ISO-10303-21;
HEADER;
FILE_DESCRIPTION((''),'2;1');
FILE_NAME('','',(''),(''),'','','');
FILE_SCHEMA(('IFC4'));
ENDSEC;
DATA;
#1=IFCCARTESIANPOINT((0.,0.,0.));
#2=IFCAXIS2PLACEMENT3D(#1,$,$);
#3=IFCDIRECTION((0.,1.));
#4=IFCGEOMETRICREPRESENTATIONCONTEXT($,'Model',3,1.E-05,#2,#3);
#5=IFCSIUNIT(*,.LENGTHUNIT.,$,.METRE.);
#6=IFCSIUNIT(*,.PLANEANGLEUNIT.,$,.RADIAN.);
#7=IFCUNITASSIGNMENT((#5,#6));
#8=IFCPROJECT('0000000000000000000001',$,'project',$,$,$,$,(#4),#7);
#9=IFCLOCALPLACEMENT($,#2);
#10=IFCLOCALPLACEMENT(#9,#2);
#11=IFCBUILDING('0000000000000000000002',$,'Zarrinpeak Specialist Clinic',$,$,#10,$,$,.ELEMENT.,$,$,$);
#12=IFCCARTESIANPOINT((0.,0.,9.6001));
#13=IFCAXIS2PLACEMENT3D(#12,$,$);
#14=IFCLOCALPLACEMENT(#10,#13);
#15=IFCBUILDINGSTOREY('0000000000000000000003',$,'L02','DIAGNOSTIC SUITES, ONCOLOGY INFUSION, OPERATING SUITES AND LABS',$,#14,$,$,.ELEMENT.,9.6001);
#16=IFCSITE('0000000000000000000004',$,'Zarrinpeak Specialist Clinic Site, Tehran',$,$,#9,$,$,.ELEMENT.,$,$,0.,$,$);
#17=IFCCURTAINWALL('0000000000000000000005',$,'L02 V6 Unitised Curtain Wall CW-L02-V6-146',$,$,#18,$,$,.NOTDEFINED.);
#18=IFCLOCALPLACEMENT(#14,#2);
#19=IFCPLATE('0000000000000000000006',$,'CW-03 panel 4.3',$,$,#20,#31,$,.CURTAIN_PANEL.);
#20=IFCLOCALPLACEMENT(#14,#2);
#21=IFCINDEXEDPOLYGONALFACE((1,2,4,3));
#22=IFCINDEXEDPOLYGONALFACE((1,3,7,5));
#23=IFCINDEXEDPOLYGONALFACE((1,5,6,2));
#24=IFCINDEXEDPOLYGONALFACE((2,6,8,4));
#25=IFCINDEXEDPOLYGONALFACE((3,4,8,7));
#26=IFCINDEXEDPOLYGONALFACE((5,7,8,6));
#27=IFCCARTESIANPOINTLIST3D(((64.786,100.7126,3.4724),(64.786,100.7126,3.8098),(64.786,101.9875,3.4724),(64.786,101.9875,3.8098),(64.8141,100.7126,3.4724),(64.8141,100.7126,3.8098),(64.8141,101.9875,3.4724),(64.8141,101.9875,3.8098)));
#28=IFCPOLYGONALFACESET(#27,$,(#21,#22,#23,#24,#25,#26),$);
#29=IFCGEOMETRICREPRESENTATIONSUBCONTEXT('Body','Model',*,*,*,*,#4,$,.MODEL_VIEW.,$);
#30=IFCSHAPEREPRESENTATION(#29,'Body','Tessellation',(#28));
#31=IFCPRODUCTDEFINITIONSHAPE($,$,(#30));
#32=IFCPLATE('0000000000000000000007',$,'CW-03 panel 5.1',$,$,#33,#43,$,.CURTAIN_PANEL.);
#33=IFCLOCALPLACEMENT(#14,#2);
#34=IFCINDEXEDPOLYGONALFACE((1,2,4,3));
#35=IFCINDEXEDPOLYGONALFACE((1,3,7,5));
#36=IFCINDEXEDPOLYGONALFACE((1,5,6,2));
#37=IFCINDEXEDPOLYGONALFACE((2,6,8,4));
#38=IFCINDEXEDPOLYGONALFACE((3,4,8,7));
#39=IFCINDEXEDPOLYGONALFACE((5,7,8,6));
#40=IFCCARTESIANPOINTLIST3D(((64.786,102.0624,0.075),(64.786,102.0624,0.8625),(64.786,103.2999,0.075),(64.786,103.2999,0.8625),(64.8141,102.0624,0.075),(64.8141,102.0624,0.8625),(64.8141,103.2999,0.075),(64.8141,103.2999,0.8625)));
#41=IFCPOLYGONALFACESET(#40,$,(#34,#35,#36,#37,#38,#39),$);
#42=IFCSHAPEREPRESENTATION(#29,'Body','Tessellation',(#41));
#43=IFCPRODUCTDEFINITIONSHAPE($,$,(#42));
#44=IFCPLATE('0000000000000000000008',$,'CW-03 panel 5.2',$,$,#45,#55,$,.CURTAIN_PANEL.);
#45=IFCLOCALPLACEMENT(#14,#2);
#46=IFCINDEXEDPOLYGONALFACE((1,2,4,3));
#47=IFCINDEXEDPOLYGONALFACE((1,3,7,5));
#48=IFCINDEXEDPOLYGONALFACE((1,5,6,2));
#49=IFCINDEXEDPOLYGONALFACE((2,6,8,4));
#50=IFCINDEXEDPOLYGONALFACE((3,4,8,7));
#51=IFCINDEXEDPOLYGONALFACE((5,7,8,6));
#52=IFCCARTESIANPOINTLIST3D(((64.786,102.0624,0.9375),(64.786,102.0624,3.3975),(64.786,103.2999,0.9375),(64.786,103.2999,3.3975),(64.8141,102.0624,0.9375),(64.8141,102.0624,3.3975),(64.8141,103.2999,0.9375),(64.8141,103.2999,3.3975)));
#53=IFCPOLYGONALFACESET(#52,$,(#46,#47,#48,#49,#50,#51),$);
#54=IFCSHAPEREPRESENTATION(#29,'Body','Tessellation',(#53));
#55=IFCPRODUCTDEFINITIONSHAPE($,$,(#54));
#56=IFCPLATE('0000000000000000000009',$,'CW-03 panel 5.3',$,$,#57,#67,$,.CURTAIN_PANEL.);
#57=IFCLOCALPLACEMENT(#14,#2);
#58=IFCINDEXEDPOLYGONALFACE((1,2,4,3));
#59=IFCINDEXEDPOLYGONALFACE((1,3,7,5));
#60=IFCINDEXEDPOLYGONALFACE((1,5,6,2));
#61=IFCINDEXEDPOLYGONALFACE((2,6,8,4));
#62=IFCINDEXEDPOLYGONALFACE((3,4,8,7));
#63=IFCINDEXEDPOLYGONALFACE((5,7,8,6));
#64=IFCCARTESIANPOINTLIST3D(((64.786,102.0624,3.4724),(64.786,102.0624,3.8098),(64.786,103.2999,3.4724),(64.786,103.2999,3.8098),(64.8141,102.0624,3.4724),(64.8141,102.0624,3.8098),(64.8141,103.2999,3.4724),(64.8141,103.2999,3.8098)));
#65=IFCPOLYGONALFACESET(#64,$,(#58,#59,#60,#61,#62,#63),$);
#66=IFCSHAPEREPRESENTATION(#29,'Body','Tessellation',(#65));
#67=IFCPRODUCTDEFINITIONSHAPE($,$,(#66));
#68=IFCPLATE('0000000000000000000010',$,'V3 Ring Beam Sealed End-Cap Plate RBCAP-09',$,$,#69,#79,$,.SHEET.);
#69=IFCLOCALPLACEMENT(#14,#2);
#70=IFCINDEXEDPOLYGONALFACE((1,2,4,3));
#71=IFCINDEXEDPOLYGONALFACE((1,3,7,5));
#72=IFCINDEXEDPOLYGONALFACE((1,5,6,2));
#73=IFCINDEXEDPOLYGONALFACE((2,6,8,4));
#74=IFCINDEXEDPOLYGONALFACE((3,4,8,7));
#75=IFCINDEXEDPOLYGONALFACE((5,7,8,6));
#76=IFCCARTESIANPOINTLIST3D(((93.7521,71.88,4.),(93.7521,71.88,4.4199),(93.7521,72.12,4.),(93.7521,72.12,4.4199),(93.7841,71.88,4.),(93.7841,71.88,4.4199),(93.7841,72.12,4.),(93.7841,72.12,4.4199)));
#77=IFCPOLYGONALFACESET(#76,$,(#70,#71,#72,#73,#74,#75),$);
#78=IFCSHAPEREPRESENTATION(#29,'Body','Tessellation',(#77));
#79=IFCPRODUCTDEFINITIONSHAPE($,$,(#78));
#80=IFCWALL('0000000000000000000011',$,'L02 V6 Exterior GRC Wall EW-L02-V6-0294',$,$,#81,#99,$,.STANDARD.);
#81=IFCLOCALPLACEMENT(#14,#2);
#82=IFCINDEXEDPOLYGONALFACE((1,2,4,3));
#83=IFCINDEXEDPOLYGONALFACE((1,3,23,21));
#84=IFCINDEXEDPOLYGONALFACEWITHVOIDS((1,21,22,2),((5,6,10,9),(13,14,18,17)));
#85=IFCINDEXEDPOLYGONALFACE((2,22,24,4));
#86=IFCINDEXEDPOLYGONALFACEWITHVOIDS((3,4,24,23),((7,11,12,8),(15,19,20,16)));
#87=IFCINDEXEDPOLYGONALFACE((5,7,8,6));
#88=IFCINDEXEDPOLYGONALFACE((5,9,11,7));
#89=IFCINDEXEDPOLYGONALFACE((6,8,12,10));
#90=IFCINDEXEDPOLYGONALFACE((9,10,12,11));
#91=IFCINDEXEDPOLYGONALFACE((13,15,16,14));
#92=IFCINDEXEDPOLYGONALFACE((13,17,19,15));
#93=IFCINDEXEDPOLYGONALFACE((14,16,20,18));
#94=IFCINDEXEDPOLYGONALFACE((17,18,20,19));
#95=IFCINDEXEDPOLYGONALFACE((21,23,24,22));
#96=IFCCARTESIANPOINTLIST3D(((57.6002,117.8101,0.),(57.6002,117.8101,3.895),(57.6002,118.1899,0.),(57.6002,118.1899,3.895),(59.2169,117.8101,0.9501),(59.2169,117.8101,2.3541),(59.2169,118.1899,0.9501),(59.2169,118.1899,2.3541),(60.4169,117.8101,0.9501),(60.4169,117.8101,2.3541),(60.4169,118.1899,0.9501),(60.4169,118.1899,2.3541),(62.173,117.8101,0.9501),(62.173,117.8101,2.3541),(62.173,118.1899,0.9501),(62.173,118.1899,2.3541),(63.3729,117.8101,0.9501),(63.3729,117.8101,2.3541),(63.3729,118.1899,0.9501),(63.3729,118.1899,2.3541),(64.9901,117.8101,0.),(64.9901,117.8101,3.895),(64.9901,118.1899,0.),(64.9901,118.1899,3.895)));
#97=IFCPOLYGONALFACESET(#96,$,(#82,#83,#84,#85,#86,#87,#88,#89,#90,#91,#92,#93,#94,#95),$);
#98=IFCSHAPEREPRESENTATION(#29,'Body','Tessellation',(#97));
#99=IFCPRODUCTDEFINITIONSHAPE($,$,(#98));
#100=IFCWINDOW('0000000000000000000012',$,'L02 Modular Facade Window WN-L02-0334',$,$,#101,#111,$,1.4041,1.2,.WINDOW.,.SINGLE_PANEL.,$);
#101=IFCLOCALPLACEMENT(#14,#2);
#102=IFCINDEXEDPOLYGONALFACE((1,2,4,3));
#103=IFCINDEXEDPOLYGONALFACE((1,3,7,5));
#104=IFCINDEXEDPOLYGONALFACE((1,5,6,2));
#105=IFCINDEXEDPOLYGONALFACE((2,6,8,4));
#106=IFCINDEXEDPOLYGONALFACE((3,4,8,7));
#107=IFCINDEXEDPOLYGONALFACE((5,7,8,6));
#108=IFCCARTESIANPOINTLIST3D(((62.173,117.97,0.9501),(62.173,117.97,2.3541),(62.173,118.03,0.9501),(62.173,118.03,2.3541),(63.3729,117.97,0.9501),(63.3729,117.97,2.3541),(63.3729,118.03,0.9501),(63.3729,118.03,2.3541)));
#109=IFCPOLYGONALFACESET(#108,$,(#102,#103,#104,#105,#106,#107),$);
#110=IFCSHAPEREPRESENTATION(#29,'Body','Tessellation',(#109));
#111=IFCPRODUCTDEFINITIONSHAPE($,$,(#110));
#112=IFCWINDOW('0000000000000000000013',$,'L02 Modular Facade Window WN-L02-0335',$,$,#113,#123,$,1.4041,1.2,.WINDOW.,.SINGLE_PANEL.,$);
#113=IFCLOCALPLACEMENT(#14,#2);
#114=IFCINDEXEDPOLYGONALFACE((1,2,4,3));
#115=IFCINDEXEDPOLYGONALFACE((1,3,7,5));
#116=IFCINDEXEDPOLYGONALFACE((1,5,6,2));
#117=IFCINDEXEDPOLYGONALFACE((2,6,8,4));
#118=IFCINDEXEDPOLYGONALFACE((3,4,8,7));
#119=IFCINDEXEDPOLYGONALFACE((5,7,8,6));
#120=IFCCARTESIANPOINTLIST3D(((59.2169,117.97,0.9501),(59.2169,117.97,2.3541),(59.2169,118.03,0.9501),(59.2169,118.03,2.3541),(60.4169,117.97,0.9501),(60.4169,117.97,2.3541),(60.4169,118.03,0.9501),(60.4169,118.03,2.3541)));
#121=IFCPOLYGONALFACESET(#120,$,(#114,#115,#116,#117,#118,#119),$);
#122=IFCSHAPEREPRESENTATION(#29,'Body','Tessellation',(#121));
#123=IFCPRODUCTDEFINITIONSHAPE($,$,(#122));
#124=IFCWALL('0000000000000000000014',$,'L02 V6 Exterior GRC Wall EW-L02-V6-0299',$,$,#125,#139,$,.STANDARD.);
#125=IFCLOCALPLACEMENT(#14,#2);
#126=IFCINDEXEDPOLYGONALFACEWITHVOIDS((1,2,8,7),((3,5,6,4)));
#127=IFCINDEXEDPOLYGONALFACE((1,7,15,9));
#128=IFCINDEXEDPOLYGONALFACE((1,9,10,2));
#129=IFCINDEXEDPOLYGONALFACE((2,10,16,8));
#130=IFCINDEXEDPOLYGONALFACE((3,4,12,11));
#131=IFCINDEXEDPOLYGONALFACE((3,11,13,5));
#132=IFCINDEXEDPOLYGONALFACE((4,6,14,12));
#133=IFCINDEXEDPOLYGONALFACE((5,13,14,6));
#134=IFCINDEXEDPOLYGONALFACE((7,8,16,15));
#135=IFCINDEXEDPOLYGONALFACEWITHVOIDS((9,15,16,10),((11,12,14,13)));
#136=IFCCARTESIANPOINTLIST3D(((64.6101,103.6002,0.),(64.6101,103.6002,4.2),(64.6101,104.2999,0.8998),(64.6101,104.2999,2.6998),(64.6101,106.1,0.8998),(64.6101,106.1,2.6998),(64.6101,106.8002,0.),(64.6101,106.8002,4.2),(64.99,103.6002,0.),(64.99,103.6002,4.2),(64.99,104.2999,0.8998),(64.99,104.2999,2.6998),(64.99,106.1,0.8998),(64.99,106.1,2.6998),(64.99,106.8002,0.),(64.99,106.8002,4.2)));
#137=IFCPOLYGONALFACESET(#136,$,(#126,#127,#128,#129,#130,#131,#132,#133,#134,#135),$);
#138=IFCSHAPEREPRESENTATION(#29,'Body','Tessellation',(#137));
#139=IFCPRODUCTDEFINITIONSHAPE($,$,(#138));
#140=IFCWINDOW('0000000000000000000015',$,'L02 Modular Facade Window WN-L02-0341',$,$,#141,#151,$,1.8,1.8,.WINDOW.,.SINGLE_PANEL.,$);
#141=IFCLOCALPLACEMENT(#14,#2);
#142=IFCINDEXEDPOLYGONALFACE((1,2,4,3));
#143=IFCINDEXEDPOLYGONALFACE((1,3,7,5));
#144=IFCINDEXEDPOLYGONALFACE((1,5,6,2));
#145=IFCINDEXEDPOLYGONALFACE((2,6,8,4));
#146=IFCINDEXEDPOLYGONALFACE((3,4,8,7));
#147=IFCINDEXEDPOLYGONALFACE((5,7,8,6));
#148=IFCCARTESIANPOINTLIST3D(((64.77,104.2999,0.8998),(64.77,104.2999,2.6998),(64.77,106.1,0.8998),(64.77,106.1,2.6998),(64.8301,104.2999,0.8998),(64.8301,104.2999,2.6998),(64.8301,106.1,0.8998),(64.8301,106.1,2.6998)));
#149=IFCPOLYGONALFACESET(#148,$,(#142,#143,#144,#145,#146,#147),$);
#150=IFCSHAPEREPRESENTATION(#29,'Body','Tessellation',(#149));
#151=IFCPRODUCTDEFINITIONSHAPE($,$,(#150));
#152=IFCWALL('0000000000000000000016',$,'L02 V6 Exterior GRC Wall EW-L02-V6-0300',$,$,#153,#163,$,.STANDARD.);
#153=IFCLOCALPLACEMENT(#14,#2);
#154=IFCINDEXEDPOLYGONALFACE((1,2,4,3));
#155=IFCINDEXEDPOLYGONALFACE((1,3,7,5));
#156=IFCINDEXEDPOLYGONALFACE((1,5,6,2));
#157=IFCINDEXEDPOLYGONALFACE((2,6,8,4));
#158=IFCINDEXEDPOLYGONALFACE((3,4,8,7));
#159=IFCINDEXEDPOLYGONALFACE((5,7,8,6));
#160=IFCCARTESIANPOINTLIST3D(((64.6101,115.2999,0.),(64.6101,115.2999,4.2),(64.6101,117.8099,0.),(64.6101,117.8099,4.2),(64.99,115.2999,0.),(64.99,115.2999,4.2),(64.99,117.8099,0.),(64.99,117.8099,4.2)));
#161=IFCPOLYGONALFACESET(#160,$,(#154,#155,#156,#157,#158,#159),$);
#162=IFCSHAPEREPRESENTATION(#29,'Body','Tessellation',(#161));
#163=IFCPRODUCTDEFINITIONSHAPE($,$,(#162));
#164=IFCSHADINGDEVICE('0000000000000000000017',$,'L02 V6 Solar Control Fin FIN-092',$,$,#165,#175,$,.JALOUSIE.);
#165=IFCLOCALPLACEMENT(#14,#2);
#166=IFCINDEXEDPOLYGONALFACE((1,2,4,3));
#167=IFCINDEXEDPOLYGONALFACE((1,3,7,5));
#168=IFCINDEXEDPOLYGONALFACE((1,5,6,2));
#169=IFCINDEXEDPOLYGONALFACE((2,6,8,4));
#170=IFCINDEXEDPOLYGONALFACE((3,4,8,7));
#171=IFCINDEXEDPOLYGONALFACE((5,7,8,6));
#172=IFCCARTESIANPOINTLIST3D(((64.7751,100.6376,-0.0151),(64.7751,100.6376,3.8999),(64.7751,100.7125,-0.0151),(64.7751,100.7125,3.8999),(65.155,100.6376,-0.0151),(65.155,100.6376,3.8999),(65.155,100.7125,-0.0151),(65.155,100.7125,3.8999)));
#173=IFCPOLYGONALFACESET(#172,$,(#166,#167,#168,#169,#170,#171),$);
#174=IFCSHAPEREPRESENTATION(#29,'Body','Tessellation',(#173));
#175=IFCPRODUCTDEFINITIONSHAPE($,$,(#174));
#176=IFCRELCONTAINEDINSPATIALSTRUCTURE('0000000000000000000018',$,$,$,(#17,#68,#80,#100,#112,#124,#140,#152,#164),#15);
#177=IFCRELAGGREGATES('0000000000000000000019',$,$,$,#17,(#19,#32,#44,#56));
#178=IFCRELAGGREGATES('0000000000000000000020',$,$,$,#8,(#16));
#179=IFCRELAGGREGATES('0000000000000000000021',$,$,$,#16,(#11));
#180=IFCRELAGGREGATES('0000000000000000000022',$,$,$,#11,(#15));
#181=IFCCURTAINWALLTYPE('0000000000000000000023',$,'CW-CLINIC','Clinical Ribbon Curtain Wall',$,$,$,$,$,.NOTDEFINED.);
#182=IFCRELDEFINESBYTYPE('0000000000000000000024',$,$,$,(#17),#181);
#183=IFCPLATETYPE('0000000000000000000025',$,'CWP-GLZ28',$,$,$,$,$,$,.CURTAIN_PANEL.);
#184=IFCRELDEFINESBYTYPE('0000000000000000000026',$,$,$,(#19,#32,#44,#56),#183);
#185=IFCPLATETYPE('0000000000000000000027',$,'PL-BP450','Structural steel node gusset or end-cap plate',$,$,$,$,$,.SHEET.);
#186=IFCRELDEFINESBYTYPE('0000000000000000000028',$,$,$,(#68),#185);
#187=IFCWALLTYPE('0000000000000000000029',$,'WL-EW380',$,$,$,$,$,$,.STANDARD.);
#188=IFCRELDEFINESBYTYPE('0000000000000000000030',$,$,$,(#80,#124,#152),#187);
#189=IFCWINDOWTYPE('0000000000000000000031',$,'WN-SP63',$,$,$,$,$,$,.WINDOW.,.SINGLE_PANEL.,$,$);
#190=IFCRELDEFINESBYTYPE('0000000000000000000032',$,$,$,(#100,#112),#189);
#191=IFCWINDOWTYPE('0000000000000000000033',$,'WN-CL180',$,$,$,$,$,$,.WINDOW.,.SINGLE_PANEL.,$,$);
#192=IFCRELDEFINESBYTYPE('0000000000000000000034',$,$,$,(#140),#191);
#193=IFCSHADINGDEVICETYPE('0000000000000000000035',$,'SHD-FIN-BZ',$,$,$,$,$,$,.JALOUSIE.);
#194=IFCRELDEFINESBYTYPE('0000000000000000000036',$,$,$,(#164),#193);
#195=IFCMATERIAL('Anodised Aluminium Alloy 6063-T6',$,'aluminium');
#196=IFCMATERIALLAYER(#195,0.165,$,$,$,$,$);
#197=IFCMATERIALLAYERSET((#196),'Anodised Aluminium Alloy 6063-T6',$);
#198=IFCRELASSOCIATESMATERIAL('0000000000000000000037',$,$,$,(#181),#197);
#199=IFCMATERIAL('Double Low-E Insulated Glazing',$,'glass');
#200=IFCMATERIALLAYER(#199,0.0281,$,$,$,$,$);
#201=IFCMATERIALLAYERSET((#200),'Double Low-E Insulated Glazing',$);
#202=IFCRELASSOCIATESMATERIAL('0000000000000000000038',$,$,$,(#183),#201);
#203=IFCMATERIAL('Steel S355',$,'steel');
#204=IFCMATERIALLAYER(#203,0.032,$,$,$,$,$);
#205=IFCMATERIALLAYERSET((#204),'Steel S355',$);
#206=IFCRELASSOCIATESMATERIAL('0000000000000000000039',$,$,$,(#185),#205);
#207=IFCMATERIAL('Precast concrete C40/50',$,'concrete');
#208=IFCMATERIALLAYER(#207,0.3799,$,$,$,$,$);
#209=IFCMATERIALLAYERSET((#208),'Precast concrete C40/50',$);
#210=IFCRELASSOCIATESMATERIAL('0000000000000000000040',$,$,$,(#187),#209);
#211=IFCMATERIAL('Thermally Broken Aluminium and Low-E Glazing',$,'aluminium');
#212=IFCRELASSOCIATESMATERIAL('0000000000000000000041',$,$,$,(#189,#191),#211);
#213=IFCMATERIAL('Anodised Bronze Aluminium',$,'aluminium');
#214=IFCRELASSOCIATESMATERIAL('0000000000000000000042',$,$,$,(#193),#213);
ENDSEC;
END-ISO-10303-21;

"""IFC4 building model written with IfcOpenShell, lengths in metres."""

from ifc_helpers import new_model, si_unit, direction, frame, frame_2d, origin, origin_2d, place, context, subcontext, project, spatial, rectangle, extrude, material, layer, layer_set, type_object, element, fill, aggregate, save


model = new_model("IFC4")

# Units and contexts
model_context = context("Model", 3, precision=1e-05, world=origin(), true_north=direction((0.0, 1.0)))
body_context = subcontext(model_context, "Body", "Model", "MODEL_VIEW")
ifc_project = project(units=[si_unit("LENGTHUNIT", "METRE"), si_unit("PLANEANGLEUNIT", "RADIAN")], contexts=[model_context])

# Site, building, storey
site_placement = place(None, origin())
site = spatial("IfcSite", under=ifc_project, at=site_placement, Name="Zarrinpeak Specialist Clinic Site, Tehran", CompositionType="ELEMENT", RefElevation=0.0)
building_placement = place(site_placement, origin())
building = spatial("IfcBuilding", under=site, at=building_placement, Name="Zarrinpeak Specialist Clinic", CompositionType="ELEMENT")
storey_placement = place(building_placement, frame((0.0, 0.0, 9.6001)))
storey = spatial("IfcBuildingStorey", under=building, at=storey_placement, Name="L02", Description="DIAGNOSTIC SUITES, ONCOLOGY INFUSION, OPERATING SUITES AND LABS", CompositionType="ELEMENT", Elevation=9.6001)

# Shared definitions
ifc_material_1 = material(Name="Steel S355", Category="steel")

# Curtain wall, plates
ifc_material_2 = material(Name="Anodised Aluminium Alloy 6063-T6", Category="aluminium")
ifc_layer_1 = layer(ifc_material_2, 0.165)
ifc_layer_set_1 = layer_set([ifc_layer_1], Name="Anodised Aluminium Alloy 6063-T6")
curtain_wall_type = type_object("IfcCurtainWallType", Name="CW-CLINIC", Description="Clinical Ribbon Curtain Wall", PredefinedType="NOTDEFINED", material=ifc_layer_set_1)
curtain_wall_placement = place(storey_placement, origin())
curtain_wall = element("IfcCurtainWall", 1, at=curtain_wall_placement, inside=storey, type_object=curtain_wall_type, Name="L02 V6 Unitised Curtain Wall CW-L02-V6-146", PredefinedType="NOTDEFINED")
ifc_material_3 = material(Name="Double Low-E Insulated Glazing", Category="glass")
ifc_layer_2 = layer(ifc_material_3, 0.0281)
ifc_layer_set_2 = layer_set([ifc_layer_2], Name="Double Low-E Insulated Glazing")
plate_type_1 = type_object("IfcPlateType", Name="CWP-GLZ28", PredefinedType="CURTAIN_PANEL", material=ifc_layer_set_2)
plate_1_placement = place(storey_placement, frame((64.8, 101.3501, 3.4724), z_axis=(0.0, 0.0, 1.0), x_axis=(0.0, 1.0, 0.0)))
plate_1 = element("IfcPlate", 2, at=plate_1_placement, type_object=plate_type_1, Name="CW-03 panel 4.3", PredefinedType="CURTAIN_PANEL", context=body_context, shape_type="SweptSolid", body=[
    extrude(rectangle(XDim=1.2749, YDim=0.0281, at=origin_2d()), origin(), (0.0, 0.0, 1.0), 0.3374),
])
plate_2_placement = place(storey_placement, frame((64.8, 102.6812, 0.075), z_axis=(0.0, 0.0, 1.0), x_axis=(0.0, 1.0, 0.0)))
plate_2 = element("IfcPlate", 3, at=plate_2_placement, type_object=plate_type_1, Name="CW-03 panel 5.1", PredefinedType="CURTAIN_PANEL", context=body_context, shape_type="SweptSolid", body=[
    extrude(rectangle(XDim=1.2375, YDim=0.0281, at=origin_2d()), origin(), (0.0, 0.0, 1.0), 0.7876),
])
plate_3_placement = place(storey_placement, frame((64.8, 102.6812, 0.9375), z_axis=(0.0, 0.0, 1.0), x_axis=(0.0, 1.0, 0.0)))
plate_3 = element("IfcPlate", 4, at=plate_3_placement, type_object=plate_type_1, Name="CW-03 panel 5.2", PredefinedType="CURTAIN_PANEL", context=body_context, shape_type="SweptSolid", body=[
    extrude(rectangle(XDim=1.2375, YDim=0.0281, at=origin_2d()), origin(), (0.0, 0.0, 1.0), 2.46),
])
plate_4_placement = place(storey_placement, frame((64.8, 102.6812, 3.4724), z_axis=(0.0, 0.0, 1.0), x_axis=(0.0, 1.0, 0.0)))
plate_4 = element("IfcPlate", 5, at=plate_4_placement, type_object=plate_type_1, Name="CW-03 panel 5.3", PredefinedType="CURTAIN_PANEL", context=body_context, shape_type="SweptSolid", body=[
    extrude(rectangle(XDim=1.2375, YDim=0.0281, at=origin_2d()), origin(), (0.0, 0.0, 1.0), 0.3374),
])
aggregate(curtain_wall, [plate_1, plate_2, plate_3, plate_4])

# Plate
ifc_layer_3 = layer(ifc_material_1, 0.032)
ifc_layer_set_3 = layer_set([ifc_layer_3], Name="Steel S355")
plate_type_2 = type_object("IfcPlateType", Name="PL-BP450", Description="Structural steel node gusset or end-cap plate", PredefinedType="SHEET", material=ifc_layer_set_3)
plate_5_placement = place(storey_placement, frame((93.7681, 72.0, 4.0), z_axis=(0.0, 0.0, 1.0), x_axis=(1.0, 0.0, 0.0)))
element("IfcPlate", 6, at=plate_5_placement, inside=storey, type_object=plate_type_2, Name="V3 Ring Beam Sealed End-Cap Plate RBCAP-09", PredefinedType="SHEET", context=body_context, shape_type="SweptSolid", body=[
    extrude(rectangle(XDim=0.032, YDim=0.24, at=origin_2d()), origin(), (0.0, 0.0, 1.0), 0.4199),
])

# Wall, openings, windows
ifc_material_4 = material(Name="Precast concrete C40/50", Category="concrete")
ifc_layer_4 = layer(ifc_material_4, 0.3799)
ifc_layer_set_4 = layer_set([ifc_layer_4], Name="Precast concrete C40/50")
wall_type = type_object("IfcWallType", Name="WL-EW380", PredefinedType="STANDARD", material=ifc_layer_set_4)
wall_1_placement = place(storey_placement, frame((64.99, 118.0, 0.0), z_axis=(0.0, 0.0, 1.0), x_axis=(-1.0, 0.0, 0.0)))
wall_1 = element("IfcWall", 7, at=wall_1_placement, inside=storey, type_object=wall_type, Name="L02 V6 Exterior GRC Wall EW-L02-V6-0294", PredefinedType="STANDARD", context=body_context, shape_type="SweptSolid", body=[
    extrude(rectangle(XDim=7.3899, YDim=0.3799, at=frame_2d((3.6948, 0.0))), origin(), (0.0, 0.0, 1.0), 3.895),
])
opening_1_placement = place(wall_1_placement, frame((1.6169, 0.0, 0.95)))
opening_1 = element("IfcOpeningElement", 8, at=opening_1_placement, cuts=wall_1, PredefinedType="OPENING", context=body_context, shape_type="SweptSolid", body=[
    extrude(rectangle(XDim=1.2, YDim=1.4041, at=frame_2d((0.6001, 0.7021))), frame((0.0, 0.2, 0.0), z_axis=(0.0, -1.0, 0.0), x_axis=(1.0, 0.0, 0.0)), (0.0, 0.0, 1.0), 0.3999),
])
opening_2_placement = place(wall_1_placement, frame((4.573, 0.0, 0.95)))
opening_2 = element("IfcOpeningElement", 9, at=opening_2_placement, cuts=wall_1, PredefinedType="OPENING", context=body_context, shape_type="SweptSolid", body=[
    extrude(rectangle(XDim=1.2, YDim=1.4041, at=frame_2d((0.6001, 0.7021))), frame((0.0, 0.2, 0.0), z_axis=(0.0, -1.0, 0.0), x_axis=(1.0, 0.0, 0.0)), (0.0, 0.0, 1.0), 0.3999),
])
ifc_material_5 = material(Name="Thermally Broken Aluminium and Low-E Glazing", Category="aluminium")
window_type_1 = type_object("IfcWindowType", Name="WN-SP63", PartitioningType="SINGLE_PANEL", PredefinedType="WINDOW", material=ifc_material_5)
window_1_placement = place(opening_1_placement, origin())
window_1 = element("IfcWindow", 10, at=window_1_placement, inside=storey, type_object=window_type_1, Name="L02 Modular Facade Window WN-L02-0334", OverallHeight=1.4041, OverallWidth=1.2, PartitioningType="SINGLE_PANEL", PredefinedType="WINDOW", context=body_context, shape_type="SweptSolid", body=[
    extrude(rectangle(XDim=1.2, YDim=1.4041, at=frame_2d((0.6001, 0.7021))), frame((0.0, 0.03, 0.0), z_axis=(0.0, -1.0, 0.0), x_axis=(1.0, 0.0, 0.0)), (0.0, 0.0, 1.0), 0.0601),
])
fill(opening_1, window_1)
window_2_placement = place(opening_2_placement, origin())
window_2 = element("IfcWindow", 11, at=window_2_placement, inside=storey, type_object=window_type_1, Name="L02 Modular Facade Window WN-L02-0335", OverallHeight=1.4041, OverallWidth=1.2, PartitioningType="SINGLE_PANEL", PredefinedType="WINDOW", context=body_context, shape_type="SweptSolid", body=[
    extrude(rectangle(XDim=1.2, YDim=1.4041, at=frame_2d((0.6001, 0.7021))), frame((0.0, 0.03, 0.0), z_axis=(0.0, -1.0, 0.0), x_axis=(1.0, 0.0, 0.0)), (0.0, 0.0, 1.0), 0.0601),
])
fill(opening_2, window_2)

# Wall, opening, window
wall_2_placement = place(storey_placement, frame((64.8, 103.6001, 0.0), z_axis=(0.0, 0.0, 1.0), x_axis=(0.0, 1.0, 0.0)))
wall_2 = element("IfcWall", 12, at=wall_2_placement, inside=storey, type_object=wall_type, Name="L02 V6 Exterior GRC Wall EW-L02-V6-0299", PredefinedType="STANDARD", context=body_context, shape_type="SweptSolid", body=[
    extrude(rectangle(XDim=3.2, YDim=0.3799, at=frame_2d((1.6001, 0.0))), origin(), (0.0, 0.0, 1.0), 4.2),
])
opening_3_placement = place(wall_2_placement, frame((0.7, 0.0, 0.8999)))
opening_3 = element("IfcOpeningElement", 13, at=opening_3_placement, cuts=wall_2, PredefinedType="OPENING", context=body_context, shape_type="SweptSolid", body=[
    extrude(rectangle(XDim=1.8, YDim=1.8, at=frame_2d((0.8999, 0.8999))), frame((0.0, 0.2, 0.0), z_axis=(0.0, -1.0, 0.0), x_axis=(1.0, 0.0, 0.0)), (0.0, 0.0, 1.0), 0.3999),
])
window_type_2 = type_object("IfcWindowType", Name="WN-CL180", PartitioningType="SINGLE_PANEL", PredefinedType="WINDOW", material=ifc_material_5)
window_3_placement = place(opening_3_placement, origin())
window_3 = element("IfcWindow", 14, at=window_3_placement, inside=storey, type_object=window_type_2, Name="L02 Modular Facade Window WN-L02-0341", OverallHeight=1.8, OverallWidth=1.8, PartitioningType="SINGLE_PANEL", PredefinedType="WINDOW", context=body_context, shape_type="SweptSolid", body=[
    extrude(rectangle(XDim=1.8, YDim=1.8, at=frame_2d((0.8999, 0.8999))), frame((0.0, 0.03, 0.0), z_axis=(0.0, -1.0, 0.0), x_axis=(1.0, 0.0, 0.0)), (0.0, 0.0, 1.0), 0.0601),
])
fill(opening_3, window_3)

# Wall
wall_3_placement = place(storey_placement, frame((64.8, 115.3, 0.0), z_axis=(0.0, 0.0, 1.0), x_axis=(0.0, 1.0, 0.0)))
element("IfcWall", 15, at=wall_3_placement, inside=storey, type_object=wall_type, Name="L02 V6 Exterior GRC Wall EW-L02-V6-0300", PredefinedType="STANDARD", context=body_context, shape_type="SweptSolid", body=[
    extrude(rectangle(XDim=2.51, YDim=0.3799, at=frame_2d((1.2549, 0.0))), origin(), (0.0, 0.0, 1.0), 4.2),
])

# Shading device
ifc_material_6 = material(Name="Anodised Bronze Aluminium", Category="aluminium")
shading_device_type = type_object("IfcShadingDeviceType", Name="SHD-FIN-BZ", PredefinedType="JALOUSIE", material=ifc_material_6)
shading_device_placement = place(storey_placement, frame((64.9651, 100.675, -0.0151), z_axis=(0.0, 0.0, 1.0), x_axis=(1.0, 0.0, 0.0)))
element("IfcShadingDevice", 16, at=shading_device_placement, inside=storey, type_object=shading_device_type, Name="L02 V6 Solar Control Fin FIN-092", PredefinedType="JALOUSIE", context=body_context, shape_type="SweptSolid", body=[
    extrude(rectangle(XDim=0.3799, YDim=0.075, at=origin_2d()), origin(), (0.0, 0.0, 1.0), 3.915),
])

save(model, "model.ifc")
